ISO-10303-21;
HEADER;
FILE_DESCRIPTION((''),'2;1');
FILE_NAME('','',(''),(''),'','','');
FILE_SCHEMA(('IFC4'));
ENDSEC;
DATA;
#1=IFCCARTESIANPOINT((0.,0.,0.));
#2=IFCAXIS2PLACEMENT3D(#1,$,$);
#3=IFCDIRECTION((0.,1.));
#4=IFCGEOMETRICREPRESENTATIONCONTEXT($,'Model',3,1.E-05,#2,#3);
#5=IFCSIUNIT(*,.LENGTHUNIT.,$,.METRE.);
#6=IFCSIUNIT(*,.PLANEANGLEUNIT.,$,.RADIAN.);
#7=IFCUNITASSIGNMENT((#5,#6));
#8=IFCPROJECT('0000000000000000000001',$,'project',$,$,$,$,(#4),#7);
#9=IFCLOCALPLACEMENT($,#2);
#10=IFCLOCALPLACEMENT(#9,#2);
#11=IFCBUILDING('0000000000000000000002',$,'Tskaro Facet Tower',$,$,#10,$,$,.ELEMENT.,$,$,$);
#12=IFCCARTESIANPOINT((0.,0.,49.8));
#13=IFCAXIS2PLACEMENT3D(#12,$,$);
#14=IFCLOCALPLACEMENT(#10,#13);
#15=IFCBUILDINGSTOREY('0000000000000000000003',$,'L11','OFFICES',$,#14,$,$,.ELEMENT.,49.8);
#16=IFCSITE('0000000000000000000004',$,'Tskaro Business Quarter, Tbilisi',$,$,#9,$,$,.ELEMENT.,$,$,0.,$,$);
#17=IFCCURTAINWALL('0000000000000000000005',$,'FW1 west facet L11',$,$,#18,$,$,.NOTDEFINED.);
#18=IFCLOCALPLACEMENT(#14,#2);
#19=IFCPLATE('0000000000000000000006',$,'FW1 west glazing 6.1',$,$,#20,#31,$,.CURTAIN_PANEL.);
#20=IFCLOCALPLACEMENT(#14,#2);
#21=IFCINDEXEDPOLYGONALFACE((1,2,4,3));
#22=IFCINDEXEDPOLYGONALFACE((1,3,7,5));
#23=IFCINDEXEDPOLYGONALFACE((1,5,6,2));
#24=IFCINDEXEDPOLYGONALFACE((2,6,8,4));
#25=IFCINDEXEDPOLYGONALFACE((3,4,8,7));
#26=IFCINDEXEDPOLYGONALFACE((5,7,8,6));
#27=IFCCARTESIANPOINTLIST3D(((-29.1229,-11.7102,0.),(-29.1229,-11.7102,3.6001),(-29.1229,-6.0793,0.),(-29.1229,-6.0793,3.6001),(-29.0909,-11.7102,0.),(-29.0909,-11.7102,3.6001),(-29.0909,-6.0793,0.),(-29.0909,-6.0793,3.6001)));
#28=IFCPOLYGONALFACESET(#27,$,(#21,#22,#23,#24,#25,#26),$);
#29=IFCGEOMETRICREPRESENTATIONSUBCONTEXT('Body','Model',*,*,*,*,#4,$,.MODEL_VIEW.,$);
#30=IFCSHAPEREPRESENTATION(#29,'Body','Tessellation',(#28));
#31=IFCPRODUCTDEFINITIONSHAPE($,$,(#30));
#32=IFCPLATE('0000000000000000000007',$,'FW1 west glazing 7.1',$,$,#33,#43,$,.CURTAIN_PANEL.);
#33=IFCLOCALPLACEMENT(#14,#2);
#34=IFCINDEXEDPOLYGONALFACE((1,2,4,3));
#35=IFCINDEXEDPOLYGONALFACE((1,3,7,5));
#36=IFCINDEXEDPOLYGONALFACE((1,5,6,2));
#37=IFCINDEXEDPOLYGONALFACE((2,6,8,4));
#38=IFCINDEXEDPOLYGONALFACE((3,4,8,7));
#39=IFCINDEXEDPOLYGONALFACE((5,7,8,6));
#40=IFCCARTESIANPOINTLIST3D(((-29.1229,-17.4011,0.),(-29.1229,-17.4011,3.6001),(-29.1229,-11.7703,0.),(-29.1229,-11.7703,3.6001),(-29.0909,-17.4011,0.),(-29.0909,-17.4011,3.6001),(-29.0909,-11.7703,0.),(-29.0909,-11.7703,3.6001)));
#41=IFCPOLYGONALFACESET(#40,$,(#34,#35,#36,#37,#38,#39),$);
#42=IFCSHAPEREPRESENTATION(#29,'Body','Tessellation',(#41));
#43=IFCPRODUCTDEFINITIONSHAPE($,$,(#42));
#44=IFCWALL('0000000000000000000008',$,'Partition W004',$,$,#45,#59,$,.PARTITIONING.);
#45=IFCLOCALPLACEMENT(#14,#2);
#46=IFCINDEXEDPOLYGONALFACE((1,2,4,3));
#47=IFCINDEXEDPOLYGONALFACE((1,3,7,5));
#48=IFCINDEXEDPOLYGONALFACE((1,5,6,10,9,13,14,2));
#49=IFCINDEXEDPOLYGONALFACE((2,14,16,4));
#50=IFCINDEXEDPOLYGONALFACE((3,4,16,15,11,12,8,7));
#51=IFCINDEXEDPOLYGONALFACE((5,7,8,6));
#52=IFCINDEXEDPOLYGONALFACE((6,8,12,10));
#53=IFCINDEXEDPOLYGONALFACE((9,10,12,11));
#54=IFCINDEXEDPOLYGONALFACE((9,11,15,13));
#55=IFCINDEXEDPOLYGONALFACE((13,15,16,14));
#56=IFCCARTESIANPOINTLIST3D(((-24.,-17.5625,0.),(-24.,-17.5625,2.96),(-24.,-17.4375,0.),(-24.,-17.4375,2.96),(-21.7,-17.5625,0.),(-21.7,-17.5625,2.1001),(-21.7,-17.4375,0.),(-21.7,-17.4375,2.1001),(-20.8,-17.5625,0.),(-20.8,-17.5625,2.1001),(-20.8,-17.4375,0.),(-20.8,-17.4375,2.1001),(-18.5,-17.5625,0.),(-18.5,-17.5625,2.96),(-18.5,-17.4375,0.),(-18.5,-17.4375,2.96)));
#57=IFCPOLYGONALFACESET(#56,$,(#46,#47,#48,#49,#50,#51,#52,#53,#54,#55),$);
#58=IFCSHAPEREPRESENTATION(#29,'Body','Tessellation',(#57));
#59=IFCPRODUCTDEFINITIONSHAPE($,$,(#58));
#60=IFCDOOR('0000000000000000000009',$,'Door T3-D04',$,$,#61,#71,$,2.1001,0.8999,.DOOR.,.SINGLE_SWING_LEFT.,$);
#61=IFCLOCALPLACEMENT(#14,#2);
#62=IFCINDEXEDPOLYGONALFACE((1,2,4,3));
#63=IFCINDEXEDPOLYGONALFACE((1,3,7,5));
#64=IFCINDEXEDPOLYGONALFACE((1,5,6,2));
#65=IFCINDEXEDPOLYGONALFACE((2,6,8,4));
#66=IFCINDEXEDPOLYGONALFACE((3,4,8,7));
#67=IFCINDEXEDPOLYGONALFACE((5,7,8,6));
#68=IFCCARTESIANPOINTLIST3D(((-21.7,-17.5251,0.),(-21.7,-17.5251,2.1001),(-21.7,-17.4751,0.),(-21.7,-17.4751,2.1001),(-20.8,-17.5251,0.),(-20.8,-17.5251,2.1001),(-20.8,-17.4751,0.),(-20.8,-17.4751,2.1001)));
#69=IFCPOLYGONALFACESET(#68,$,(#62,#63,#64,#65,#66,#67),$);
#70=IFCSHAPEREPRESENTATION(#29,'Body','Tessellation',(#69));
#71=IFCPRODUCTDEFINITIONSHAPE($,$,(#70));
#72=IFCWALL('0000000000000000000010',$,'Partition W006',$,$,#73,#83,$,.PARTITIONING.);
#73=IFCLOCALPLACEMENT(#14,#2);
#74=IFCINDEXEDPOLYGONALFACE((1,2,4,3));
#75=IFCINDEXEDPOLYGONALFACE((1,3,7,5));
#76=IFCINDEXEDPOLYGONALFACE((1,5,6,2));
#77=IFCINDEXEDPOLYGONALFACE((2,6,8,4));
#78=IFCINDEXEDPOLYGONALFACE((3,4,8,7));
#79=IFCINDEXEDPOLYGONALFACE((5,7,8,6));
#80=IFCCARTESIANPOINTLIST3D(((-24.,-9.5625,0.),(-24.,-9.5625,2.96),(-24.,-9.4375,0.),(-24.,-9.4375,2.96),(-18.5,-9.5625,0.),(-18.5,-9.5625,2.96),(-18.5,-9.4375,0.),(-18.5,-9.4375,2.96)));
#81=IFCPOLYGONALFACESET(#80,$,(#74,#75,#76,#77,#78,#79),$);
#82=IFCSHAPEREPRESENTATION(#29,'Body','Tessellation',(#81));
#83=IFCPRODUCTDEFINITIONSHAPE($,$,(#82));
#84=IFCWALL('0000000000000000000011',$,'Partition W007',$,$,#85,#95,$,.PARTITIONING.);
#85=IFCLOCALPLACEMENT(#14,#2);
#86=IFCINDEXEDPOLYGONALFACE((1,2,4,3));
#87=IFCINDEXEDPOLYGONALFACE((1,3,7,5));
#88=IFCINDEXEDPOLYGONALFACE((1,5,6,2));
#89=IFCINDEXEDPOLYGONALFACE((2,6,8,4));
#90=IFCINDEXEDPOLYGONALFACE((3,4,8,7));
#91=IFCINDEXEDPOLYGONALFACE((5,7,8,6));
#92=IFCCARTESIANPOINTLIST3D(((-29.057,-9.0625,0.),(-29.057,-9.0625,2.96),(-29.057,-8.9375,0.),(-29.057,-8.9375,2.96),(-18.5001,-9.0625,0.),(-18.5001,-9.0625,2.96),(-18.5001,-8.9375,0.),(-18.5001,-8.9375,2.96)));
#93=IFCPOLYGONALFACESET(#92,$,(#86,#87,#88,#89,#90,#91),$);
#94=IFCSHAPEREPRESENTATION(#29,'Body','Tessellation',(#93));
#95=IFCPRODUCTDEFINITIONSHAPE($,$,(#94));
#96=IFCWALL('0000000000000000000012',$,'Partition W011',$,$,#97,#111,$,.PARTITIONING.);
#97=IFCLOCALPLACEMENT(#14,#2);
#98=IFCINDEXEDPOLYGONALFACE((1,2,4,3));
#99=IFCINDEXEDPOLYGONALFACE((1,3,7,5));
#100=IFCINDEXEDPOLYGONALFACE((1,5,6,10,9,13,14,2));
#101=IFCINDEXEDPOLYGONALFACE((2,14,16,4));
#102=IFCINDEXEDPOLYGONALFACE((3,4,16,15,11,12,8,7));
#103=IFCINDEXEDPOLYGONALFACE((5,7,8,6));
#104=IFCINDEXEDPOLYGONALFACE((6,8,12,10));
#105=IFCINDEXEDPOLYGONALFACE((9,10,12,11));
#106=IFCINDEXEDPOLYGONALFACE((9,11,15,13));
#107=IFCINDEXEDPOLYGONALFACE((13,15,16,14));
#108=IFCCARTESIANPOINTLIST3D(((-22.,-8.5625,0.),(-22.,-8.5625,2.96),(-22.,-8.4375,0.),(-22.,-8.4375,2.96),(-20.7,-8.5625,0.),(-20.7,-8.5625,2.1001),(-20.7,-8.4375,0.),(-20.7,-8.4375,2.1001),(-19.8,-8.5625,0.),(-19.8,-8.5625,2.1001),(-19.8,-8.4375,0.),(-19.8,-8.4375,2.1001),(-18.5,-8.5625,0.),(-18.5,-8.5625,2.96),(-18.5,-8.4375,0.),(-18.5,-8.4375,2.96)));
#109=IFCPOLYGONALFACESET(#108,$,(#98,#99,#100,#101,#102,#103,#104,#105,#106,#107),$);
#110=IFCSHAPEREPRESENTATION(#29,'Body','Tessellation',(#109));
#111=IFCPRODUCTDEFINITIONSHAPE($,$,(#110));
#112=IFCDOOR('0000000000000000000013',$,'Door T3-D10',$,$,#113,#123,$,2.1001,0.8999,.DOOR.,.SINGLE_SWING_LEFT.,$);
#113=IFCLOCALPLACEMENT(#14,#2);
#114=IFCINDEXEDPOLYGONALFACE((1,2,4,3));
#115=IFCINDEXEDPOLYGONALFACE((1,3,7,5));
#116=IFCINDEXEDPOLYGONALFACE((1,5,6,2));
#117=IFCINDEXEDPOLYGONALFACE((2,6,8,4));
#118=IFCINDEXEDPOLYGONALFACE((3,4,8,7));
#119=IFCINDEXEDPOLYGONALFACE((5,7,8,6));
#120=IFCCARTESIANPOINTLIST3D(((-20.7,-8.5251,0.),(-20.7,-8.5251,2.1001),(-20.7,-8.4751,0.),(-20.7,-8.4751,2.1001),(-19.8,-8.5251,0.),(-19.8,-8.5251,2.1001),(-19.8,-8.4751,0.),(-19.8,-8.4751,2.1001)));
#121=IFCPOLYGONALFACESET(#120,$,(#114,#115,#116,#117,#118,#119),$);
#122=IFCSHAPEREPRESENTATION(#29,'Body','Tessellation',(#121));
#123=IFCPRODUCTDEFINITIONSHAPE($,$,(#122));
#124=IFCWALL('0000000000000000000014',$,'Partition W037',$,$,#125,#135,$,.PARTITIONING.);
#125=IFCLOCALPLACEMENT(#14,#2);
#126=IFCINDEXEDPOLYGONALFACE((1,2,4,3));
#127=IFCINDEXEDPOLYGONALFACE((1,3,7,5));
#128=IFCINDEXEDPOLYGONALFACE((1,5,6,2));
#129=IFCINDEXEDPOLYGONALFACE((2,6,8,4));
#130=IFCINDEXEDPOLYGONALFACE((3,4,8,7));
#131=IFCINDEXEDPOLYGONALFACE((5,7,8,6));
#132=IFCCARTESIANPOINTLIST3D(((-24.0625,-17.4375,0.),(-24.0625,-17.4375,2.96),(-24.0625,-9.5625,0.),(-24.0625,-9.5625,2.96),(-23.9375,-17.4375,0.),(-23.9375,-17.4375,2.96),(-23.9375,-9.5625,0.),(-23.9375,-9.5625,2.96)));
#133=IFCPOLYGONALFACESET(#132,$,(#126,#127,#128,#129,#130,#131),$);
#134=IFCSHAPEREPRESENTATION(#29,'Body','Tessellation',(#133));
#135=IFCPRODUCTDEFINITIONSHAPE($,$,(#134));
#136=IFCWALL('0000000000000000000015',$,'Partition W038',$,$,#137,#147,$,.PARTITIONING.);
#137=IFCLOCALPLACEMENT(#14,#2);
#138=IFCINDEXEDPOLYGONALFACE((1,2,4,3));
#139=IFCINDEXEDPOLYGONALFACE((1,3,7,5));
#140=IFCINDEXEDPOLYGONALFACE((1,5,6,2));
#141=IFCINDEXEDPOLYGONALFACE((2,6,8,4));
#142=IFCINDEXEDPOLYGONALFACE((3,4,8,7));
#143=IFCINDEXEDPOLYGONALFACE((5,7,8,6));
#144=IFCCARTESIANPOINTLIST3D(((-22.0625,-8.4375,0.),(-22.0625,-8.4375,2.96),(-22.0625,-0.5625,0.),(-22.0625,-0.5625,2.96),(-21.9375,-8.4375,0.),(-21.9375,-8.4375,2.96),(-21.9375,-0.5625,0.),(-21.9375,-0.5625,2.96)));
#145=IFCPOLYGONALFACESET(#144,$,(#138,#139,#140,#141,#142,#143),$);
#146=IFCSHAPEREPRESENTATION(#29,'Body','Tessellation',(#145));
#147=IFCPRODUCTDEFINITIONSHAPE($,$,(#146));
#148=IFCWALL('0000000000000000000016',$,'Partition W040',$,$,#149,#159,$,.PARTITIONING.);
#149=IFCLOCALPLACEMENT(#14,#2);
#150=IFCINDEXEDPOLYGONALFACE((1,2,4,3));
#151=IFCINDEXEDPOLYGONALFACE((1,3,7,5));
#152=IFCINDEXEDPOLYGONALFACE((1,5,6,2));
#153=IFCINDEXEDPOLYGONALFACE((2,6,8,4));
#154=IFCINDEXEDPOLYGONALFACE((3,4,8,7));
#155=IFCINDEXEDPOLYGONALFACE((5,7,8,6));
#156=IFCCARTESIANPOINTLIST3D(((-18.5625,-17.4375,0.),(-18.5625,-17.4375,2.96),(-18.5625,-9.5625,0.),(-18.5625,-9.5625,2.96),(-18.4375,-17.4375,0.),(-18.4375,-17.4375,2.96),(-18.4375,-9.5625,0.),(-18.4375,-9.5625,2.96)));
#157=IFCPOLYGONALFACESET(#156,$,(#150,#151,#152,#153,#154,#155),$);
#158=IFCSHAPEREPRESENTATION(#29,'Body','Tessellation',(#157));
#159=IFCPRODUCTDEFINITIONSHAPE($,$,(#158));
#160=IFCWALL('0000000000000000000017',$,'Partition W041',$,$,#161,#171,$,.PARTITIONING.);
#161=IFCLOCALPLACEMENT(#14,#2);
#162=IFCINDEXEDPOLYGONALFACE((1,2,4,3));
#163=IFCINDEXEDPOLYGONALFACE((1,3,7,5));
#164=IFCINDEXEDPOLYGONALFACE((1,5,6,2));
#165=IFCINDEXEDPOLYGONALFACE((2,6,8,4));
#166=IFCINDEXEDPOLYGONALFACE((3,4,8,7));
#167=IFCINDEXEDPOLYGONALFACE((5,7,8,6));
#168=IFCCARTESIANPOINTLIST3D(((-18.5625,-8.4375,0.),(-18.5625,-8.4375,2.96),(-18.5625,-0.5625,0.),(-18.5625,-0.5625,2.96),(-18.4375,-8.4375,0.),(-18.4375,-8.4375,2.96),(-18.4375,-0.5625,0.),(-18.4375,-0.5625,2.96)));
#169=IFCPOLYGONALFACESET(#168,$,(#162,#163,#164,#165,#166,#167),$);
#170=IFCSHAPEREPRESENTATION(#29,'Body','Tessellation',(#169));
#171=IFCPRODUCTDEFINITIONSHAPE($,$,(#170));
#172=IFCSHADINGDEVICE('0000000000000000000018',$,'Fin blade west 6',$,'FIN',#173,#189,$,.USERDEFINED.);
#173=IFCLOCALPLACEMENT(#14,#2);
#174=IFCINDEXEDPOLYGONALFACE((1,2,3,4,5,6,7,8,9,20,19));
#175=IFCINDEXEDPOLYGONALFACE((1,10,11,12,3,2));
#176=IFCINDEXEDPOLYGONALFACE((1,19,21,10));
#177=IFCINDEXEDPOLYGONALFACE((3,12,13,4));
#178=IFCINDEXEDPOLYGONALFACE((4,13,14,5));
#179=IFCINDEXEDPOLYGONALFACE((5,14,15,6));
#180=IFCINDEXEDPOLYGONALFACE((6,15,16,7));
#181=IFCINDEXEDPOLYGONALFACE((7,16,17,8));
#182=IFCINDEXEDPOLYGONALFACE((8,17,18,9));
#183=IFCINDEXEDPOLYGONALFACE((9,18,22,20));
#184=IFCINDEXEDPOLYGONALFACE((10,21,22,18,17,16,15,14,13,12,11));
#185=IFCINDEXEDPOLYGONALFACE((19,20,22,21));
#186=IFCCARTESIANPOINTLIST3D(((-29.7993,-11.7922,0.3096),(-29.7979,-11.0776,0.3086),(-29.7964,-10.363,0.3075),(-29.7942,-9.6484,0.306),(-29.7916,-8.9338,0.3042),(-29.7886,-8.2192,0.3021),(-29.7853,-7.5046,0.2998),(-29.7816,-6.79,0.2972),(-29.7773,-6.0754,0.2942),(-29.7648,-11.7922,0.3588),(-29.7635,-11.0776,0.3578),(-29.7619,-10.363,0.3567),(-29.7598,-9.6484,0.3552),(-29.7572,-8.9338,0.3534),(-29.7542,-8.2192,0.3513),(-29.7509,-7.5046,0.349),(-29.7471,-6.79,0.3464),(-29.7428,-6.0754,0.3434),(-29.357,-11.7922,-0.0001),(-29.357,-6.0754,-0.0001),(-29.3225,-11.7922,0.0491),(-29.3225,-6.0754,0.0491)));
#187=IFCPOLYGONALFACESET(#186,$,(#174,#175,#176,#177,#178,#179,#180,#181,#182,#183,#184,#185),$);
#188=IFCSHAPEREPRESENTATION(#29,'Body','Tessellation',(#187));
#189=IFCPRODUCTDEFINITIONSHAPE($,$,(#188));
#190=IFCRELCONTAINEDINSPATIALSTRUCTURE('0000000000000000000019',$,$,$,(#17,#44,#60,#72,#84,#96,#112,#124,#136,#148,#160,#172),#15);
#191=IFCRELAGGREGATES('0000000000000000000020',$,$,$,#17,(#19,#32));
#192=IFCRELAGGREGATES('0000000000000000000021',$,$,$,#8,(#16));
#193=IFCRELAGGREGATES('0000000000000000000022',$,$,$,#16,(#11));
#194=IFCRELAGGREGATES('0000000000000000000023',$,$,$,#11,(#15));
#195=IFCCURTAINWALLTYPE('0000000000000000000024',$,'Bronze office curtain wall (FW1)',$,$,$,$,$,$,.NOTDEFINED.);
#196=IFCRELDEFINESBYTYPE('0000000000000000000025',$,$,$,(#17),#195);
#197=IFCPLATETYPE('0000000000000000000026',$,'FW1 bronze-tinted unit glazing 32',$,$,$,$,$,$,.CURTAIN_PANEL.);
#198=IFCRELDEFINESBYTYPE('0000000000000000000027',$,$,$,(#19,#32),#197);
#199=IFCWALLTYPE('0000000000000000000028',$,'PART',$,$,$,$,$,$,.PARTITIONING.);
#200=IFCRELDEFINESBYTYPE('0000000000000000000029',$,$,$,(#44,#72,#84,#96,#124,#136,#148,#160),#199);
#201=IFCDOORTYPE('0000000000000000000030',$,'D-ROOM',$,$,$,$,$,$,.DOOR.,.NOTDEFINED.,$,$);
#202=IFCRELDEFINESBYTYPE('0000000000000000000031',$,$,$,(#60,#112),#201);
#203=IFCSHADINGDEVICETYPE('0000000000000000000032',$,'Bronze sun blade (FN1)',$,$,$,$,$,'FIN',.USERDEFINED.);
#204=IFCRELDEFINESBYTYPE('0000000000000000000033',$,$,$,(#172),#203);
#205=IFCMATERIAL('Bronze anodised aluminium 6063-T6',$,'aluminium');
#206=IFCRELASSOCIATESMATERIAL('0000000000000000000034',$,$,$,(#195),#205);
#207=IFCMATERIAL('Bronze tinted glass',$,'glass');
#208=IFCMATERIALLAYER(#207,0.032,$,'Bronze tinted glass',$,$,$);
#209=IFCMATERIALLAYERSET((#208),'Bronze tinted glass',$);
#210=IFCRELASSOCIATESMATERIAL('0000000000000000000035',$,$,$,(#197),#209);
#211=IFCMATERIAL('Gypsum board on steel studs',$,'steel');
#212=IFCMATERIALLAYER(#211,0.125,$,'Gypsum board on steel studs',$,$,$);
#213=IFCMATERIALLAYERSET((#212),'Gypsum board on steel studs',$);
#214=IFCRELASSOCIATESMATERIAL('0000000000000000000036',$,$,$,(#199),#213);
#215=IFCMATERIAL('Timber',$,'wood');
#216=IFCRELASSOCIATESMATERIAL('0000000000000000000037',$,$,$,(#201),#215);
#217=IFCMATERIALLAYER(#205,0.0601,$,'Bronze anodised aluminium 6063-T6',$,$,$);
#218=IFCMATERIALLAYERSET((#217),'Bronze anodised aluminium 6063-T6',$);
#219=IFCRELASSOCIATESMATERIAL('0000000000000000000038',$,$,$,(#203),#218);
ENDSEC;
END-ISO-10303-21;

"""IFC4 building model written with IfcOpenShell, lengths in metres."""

from ifc_helpers import new_model, si_unit, direction, frame, frame_2d, origin, origin_2d, place, context, subcontext, project, spatial, polyline, rectangle, outline, extrude, material, layer, layer_set, type_object, element, fill, aggregate, save


model = new_model("IFC4")

# Units and contexts
model_context = context("Model", 3, precision=1e-05, world=origin(), true_north=direction((0.0, 1.0)))
body_context = subcontext(model_context, "Body", "Model", "MODEL_VIEW")
ifc_project = project(units=[si_unit("LENGTHUNIT", "METRE"), si_unit("PLANEANGLEUNIT", "RADIAN")], contexts=[model_context])

# Site, building, storey
site_placement = place(None, origin())
site = spatial("IfcSite", under=ifc_project, at=site_placement, Name="Tskaro Business Quarter, Tbilisi", CompositionType="ELEMENT", RefElevation=0.0)
building_placement = place(site_placement, origin())
building = spatial("IfcBuilding", under=site, at=building_placement, Name="Tskaro Facet Tower", CompositionType="ELEMENT")
storey_placement = place(building_placement, frame((0.0, 0.0, 49.8)))
storey = spatial("IfcBuildingStorey", under=building, at=storey_placement, Name="L11", Description="OFFICES", CompositionType="ELEMENT", Elevation=49.8)

# Curtain wall
ifc_material_1 = material(Name="Bronze anodised aluminium 6063-T6", Category="aluminium")
curtain_wall_type = type_object("IfcCurtainWallType", Name="Bronze office curtain wall (FW1)", PredefinedType="NOTDEFINED", material=ifc_material_1)
curtain_wall_placement = place(storey_placement, origin())
curtain_wall = element("IfcCurtainWall", 1, at=curtain_wall_placement, inside=storey, type_object=curtain_wall_type, Name="FW1 west facet L11", PredefinedType="NOTDEFINED")

# Plates
ifc_material_2 = material(Name="Bronze tinted glass", Category="glass")
ifc_layer_1 = layer(ifc_material_2, 0.032, Name="Bronze tinted glass")
ifc_layer_set_1 = layer_set([ifc_layer_1], Name="Bronze tinted glass")
plate_type = type_object("IfcPlateType", Name="FW1 bronze-tinted unit glazing 32", PredefinedType="CURTAIN_PANEL", material=ifc_layer_set_1)
plate_1_placement = place(storey_placement, frame((-29.1069, -8.8948, 0.0), z_axis=(0.0, 0.0, 1.0), x_axis=(0.0, -1.0, 0.0)))
plate_1 = element("IfcPlate", 2, at=plate_1_placement, type_object=plate_type, Name="FW1 west glazing 6.1", PredefinedType="CURTAIN_PANEL", context=body_context, shape_type="SweptSolid", body=[
    extrude(rectangle(XDim=5.6309, YDim=0.032, at=origin_2d()), origin(), (0.0, 0.0, 1.0), 3.6001),
])
plate_2_placement = place(storey_placement, frame((-29.1069, -14.5857, 0.0), z_axis=(0.0, 0.0, 1.0), x_axis=(0.0, -1.0, 0.0)))
plate_2 = element("IfcPlate", 3, at=plate_2_placement, type_object=plate_type, Name="FW1 west glazing 7.1", PredefinedType="CURTAIN_PANEL", context=body_context, shape_type="SweptSolid", body=[
    extrude(rectangle(XDim=5.6309, YDim=0.032, at=origin_2d()), origin(), (0.0, 0.0, 1.0), 3.6001),
])
aggregate(curtain_wall, [plate_1, plate_2])

# Wall, opening, door
ifc_material_3 = material(Name="Gypsum board on steel studs", Category="steel")
ifc_layer_2 = layer(ifc_material_3, 0.125, Name="Gypsum board on steel studs")
ifc_layer_set_2 = layer_set([ifc_layer_2], Name="Gypsum board on steel studs")
wall_type = type_object("IfcWallType", Name="PART", PredefinedType="PARTITIONING", material=ifc_layer_set_2)
wall_1_placement = place(storey_placement, frame((-24.0, -17.5, 0.0), z_axis=(0.0, 0.0, 1.0), x_axis=(1.0, 0.0, 0.0)))
wall_1 = element("IfcWall", 4, at=wall_1_placement, inside=storey, type_object=wall_type, Name="Partition W004", PredefinedType="PARTITIONING", context=body_context, shape_type="SweptSolid", body=[
    extrude(rectangle(XDim=5.5, YDim=0.125, at=frame_2d((2.75, 0.0))), origin(), (0.0, 0.0, 1.0), 2.96),
])
opening_1_placement = place(wall_1_placement, frame((2.3, 0.0, 0.0)))
opening_1 = element("IfcOpeningElement", 5, at=opening_1_placement, cuts=wall_1, PredefinedType="OPENING", context=body_context, shape_type="SweptSolid", body=[
    extrude(rectangle(XDim=0.8999, YDim=2.1001, at=frame_2d((0.45, 1.05))), frame((0.0, 0.0725, 0.0), z_axis=(0.0, -1.0, 0.0), x_axis=(1.0, 0.0, 0.0)), (0.0, 0.0, 1.0), 0.145),
])
ifc_material_4 = material(Name="Timber", Category="wood")
door_type = type_object("IfcDoorType", Name="D-ROOM", OperationType="NOTDEFINED", PredefinedType="DOOR", material=ifc_material_4)
door_1_placement = place(opening_1_placement, origin())
door_1 = element("IfcDoor", 6, at=door_1_placement, inside=storey, type_object=door_type, Name="Door T3-D04", OperationType="SINGLE_SWING_LEFT", OverallHeight=2.1001, OverallWidth=0.8999, PredefinedType="DOOR", context=body_context, shape_type="SweptSolid", body=[
    extrude(rectangle(XDim=0.8999, YDim=2.1001, at=frame_2d((0.45, 1.05))), frame((0.0, 0.0249, 0.0), z_axis=(0.0, -1.0, 0.0), x_axis=(1.0, 0.0, 0.0)), (0.0, 0.0, 1.0), 0.05),
])
fill(opening_1, door_1)

# Walls
wall_2_placement = place(storey_placement, frame((-24.0, -9.5, 0.0), z_axis=(0.0, 0.0, 1.0), x_axis=(1.0, 0.0, 0.0)))
element("IfcWall", 7, at=wall_2_placement, inside=storey, type_object=wall_type, Name="Partition W006", PredefinedType="PARTITIONING", context=body_context, shape_type="SweptSolid", body=[
    extrude(rectangle(XDim=5.5, YDim=0.125, at=frame_2d((2.75, 0.0))), origin(), (0.0, 0.0, 1.0), 2.96),
])
wall_3_placement = place(storey_placement, frame((-29.0569, -9.0, 0.0), z_axis=(0.0, 0.0, 1.0), x_axis=(1.0, 0.0, 0.0)))
element("IfcWall", 8, at=wall_3_placement, inside=storey, type_object=wall_type, Name="Partition W007", PredefinedType="PARTITIONING", context=body_context, shape_type="SweptSolid", body=[
    extrude(rectangle(XDim=10.5569, YDim=0.125, at=frame_2d((5.2783, 0.0))), origin(), (0.0, 0.0, 1.0), 2.96),
])

# Wall, opening, door
wall_4_placement = place(storey_placement, frame((-22.0, -8.5, 0.0), z_axis=(0.0, 0.0, 1.0), x_axis=(1.0, 0.0, 0.0)))
wall_4 = element("IfcWall", 9, at=wall_4_placement, inside=storey, type_object=wall_type, Name="Partition W011", PredefinedType="PARTITIONING", context=body_context, shape_type="SweptSolid", body=[
    extrude(rectangle(XDim=3.5, YDim=0.125, at=frame_2d((1.75, 0.0))), origin(), (0.0, 0.0, 1.0), 2.96),
])
opening_2_placement = place(wall_4_placement, frame((1.3, 0.0, 0.0)))
opening_2 = element("IfcOpeningElement", 10, at=opening_2_placement, cuts=wall_4, PredefinedType="OPENING", context=body_context, shape_type="SweptSolid", body=[
    extrude(rectangle(XDim=0.8999, YDim=2.1001, at=frame_2d((0.45, 1.05))), frame((0.0, 0.0725, 0.0), z_axis=(0.0, -1.0, 0.0), x_axis=(1.0, 0.0, 0.0)), (0.0, 0.0, 1.0), 0.145),
])
door_2_placement = place(opening_2_placement, origin())
door_2 = element("IfcDoor", 11, at=door_2_placement, inside=storey, type_object=door_type, Name="Door T3-D10", OperationType="SINGLE_SWING_LEFT", OverallHeight=2.1001, OverallWidth=0.8999, PredefinedType="DOOR", context=body_context, shape_type="SweptSolid", body=[
    extrude(rectangle(XDim=0.8999, YDim=2.1001, at=frame_2d((0.45, 1.05))), frame((0.0, 0.0249, 0.0), z_axis=(0.0, -1.0, 0.0), x_axis=(1.0, 0.0, 0.0)), (0.0, 0.0, 1.0), 0.05),
])
fill(opening_2, door_2)

# Walls
for number, where, z_axis, x_axis, name in (
    (12, (-24.0, -17.4375, 0.0), (0.0, 0.0, 1.0), (0.0, 1.0, 0.0), "Partition W037"),
    (13, (-22.0, -8.4375, 0.0), (0.0, 0.0, 1.0), (0.0, 1.0, 0.0), "Partition W038"),
    (14, (-18.5, -17.4375, 0.0), (0.0, 0.0, 1.0), (0.0, 1.0, 0.0), "Partition W040"),
    (15, (-18.5, -8.4375, 0.0), (0.0, 0.0, 1.0), (0.0, 1.0, 0.0), "Partition W041"),
):
    element("IfcWall", number, at=place(storey_placement, frame(where, z_axis=z_axis, x_axis=x_axis)), inside=storey, type_object=wall_type, Name=name, PredefinedType="PARTITIONING", context=body_context, shape_type="SweptSolid", body=[
        extrude(rectangle(XDim=7.875, YDim=0.125, at=frame_2d((3.9375, 0.0))), origin(), (0.0, 0.0, 1.0), 2.96),
    ])

# Shading device
ifc_layer_3 = layer(ifc_material_1, 0.0601, Name="Bronze anodised aluminium 6063-T6")
ifc_layer_set_3 = layer_set([ifc_layer_3], Name="Bronze anodised aluminium 6063-T6")
shading_device_type = type_object("IfcShadingDeviceType", Name="Bronze sun blade (FN1)", ElementType="FIN", PredefinedType="USERDEFINED", material=ifc_layer_set_3)
shading_device_1_placement = place(storey_placement, frame((-29.3225, -6.0754, 0.0491), z_axis=(0.573551, -0.000001, 0.81917), x_axis=(0.0, -1.0, -0.000001)))
element("IfcShadingDevice", 16, at=shading_device_1_placement, inside=storey, type_object=shading_device_type, Name="Fin blade west 6", ObjectType="FIN", PredefinedType="USERDEFINED", context=body_context, shape_type="SweptSolid", body=[
    extrude(outline(polyline([(0.0, 0.0), (5.7168, 0.0), (5.7168, -0.5399), (5.0022, -0.5383), (4.2876, -0.5364), (3.573, -0.5338), (2.8584, -0.5306), (2.1438, -0.5269), (1.4292, -0.5229), (0.7146, -0.5183), (0.0, -0.5131), (0.0, 0.0)])), origin(), (0.0, 0.0, -1.0), 0.0601),
])

save(model, "model.ifc")
